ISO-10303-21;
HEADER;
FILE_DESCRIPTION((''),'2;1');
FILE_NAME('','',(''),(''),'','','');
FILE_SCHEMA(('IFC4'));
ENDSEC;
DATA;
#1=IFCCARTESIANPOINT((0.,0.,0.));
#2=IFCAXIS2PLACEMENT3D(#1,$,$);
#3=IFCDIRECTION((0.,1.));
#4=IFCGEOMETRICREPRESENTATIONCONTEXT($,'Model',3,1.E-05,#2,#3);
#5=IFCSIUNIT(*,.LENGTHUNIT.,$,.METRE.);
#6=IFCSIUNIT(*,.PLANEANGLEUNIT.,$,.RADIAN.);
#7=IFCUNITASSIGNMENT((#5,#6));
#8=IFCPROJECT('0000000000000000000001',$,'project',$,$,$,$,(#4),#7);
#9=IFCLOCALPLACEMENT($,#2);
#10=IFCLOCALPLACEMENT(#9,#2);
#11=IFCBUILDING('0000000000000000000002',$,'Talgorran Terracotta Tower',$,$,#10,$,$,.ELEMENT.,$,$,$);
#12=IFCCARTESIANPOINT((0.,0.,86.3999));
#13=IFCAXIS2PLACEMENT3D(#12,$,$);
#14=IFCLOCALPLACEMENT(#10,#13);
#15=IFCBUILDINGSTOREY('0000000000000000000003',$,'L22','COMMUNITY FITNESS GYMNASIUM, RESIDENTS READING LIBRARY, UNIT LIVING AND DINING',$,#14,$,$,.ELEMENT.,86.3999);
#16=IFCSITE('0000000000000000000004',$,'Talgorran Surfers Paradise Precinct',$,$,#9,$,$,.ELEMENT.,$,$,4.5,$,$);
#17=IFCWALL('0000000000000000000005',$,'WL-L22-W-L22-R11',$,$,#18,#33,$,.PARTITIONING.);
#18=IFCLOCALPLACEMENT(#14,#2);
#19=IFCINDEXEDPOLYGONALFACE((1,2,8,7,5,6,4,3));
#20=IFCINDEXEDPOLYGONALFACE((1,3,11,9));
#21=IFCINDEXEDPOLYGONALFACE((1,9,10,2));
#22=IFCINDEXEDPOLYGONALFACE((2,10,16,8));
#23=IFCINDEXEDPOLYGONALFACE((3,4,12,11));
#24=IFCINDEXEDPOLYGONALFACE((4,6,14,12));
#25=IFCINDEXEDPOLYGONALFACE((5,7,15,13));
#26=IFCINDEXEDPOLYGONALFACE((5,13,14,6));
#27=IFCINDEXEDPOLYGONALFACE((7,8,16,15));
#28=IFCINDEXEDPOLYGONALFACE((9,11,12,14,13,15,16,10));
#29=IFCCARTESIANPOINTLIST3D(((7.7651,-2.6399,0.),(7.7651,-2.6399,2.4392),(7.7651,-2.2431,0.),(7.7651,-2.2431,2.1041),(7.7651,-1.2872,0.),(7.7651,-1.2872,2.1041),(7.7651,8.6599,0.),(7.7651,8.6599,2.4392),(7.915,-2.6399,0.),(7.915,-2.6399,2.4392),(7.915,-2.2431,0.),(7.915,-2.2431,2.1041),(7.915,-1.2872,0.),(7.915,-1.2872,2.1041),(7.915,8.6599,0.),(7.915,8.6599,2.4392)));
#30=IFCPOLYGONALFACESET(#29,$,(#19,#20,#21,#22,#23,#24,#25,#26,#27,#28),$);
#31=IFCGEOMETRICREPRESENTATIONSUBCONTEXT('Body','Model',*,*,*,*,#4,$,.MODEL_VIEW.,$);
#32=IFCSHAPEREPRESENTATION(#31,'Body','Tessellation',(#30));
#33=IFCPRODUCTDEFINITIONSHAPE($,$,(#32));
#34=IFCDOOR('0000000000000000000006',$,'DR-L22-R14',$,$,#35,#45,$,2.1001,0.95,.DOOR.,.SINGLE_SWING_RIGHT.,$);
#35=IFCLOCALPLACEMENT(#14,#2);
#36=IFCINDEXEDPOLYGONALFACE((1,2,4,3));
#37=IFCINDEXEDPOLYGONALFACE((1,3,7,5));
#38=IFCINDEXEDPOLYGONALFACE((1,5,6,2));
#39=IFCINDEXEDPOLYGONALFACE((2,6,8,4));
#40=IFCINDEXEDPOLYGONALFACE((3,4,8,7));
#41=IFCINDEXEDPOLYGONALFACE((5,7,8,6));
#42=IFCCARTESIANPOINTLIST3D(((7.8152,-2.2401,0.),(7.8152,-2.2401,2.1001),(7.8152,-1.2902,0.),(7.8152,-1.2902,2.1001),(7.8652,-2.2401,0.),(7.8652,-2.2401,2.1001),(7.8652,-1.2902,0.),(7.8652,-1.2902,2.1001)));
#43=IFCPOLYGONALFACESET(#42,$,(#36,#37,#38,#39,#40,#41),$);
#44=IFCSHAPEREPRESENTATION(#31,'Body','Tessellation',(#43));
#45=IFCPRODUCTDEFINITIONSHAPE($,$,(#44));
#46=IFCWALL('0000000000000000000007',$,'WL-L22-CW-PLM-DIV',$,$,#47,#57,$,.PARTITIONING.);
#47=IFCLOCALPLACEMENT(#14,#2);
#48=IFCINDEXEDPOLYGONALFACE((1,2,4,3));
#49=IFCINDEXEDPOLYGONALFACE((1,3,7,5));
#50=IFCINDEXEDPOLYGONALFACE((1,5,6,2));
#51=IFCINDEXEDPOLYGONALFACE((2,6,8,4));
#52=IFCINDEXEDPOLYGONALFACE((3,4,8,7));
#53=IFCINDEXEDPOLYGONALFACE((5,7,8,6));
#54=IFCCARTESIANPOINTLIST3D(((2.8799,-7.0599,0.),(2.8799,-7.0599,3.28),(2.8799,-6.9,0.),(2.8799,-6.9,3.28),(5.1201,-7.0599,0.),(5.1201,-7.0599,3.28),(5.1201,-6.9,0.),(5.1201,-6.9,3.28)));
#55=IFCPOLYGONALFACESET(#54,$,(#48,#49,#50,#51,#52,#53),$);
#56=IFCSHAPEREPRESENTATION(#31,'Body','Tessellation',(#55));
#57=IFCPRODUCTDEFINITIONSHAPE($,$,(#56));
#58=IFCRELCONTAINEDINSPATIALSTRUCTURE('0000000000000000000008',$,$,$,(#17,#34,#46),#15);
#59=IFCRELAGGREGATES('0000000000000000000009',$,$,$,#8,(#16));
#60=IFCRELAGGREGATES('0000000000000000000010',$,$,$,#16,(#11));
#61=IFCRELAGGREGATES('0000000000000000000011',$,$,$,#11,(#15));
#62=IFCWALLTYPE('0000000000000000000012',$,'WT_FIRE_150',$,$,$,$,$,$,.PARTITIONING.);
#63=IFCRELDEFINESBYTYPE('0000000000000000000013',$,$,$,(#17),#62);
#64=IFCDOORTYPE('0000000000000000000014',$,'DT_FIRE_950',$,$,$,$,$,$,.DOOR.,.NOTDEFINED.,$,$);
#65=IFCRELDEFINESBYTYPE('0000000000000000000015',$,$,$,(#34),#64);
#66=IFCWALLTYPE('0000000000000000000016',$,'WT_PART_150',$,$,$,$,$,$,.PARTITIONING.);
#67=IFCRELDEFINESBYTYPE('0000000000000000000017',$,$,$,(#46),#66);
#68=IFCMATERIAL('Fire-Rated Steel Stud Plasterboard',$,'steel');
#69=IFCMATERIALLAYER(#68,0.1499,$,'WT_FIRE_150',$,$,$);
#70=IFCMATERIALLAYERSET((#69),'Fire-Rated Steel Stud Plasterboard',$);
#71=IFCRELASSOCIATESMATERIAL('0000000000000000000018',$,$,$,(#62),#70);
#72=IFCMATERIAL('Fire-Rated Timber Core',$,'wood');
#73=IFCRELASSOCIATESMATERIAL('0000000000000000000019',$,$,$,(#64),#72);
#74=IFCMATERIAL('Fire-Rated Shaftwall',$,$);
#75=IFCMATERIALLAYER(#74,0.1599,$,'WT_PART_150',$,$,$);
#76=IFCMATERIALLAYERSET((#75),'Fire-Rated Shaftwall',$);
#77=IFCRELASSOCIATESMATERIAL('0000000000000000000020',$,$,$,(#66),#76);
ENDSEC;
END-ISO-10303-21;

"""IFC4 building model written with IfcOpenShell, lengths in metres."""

from ifc_helpers import new_model, si_unit, direction, frame, frame_2d, origin, place, context, subcontext, project, spatial, rectangle, extrude, material, layer, layer_set, type_object, element, fill, save


model = new_model("IFC4")

# Units and contexts
model_context = context("Model", 3, precision=1e-05, world=origin(), true_north=direction((0.0, 1.0)))
body_context = subcontext(model_context, "Body", "Model", "MODEL_VIEW")
ifc_project = project(units=[si_unit("LENGTHUNIT", "METRE"), si_unit("PLANEANGLEUNIT", "RADIAN")], contexts=[model_context])

# Site, building, storey
site_placement = place(None, origin())
site = spatial("IfcSite", under=ifc_project, at=site_placement, Name="Talgorran Surfers Paradise Precinct", CompositionType="ELEMENT", RefElevation=4.5)
building_placement = place(site_placement, origin())
building = spatial("IfcBuilding", under=site, at=building_placement, Name="Talgorran Terracotta Tower", CompositionType="ELEMENT")
storey_placement = place(building_placement, frame((0.0, 0.0, 86.3999)))
storey = spatial("IfcBuildingStorey", under=building, at=storey_placement, Name="L22", Description="COMMUNITY FITNESS GYMNASIUM, RESIDENTS READING LIBRARY, UNIT LIVING AND DINING", CompositionType="ELEMENT", Elevation=86.3999)

# Wall, opening, door
ifc_material_1 = material(Name="Fire-Rated Steel Stud Plasterboard", Category="steel")
ifc_layer_1 = layer(ifc_material_1, 0.1499, Name="WT_FIRE_150")
ifc_layer_set_1 = layer_set([ifc_layer_1], Name="Fire-Rated Steel Stud Plasterboard")
wall_type_1 = type_object("IfcWallType", Name="WT_FIRE_150", PredefinedType="PARTITIONING", material=ifc_layer_set_1)
wall_1_placement = place(storey_placement, frame((7.8401, -2.6399, 0.0), z_axis=(0.0, 0.0, 1.0), x_axis=(0.0, 1.0, 0.0)))
wall_1 = element("IfcWall", 1, at=wall_1_placement, inside=storey, type_object=wall_type_1, Name="WL-L22-W-L22-R11", PredefinedType="PARTITIONING", context=body_context, shape_type="SweptSolid", body=[
    extrude(rectangle(XDim=11.2998, YDim=0.1499, at=frame_2d((5.6499, 0.0))), origin(), (0.0, 0.0, 1.0), 2.4392),
])
opening_placement = place(wall_1_placement, frame((0.3997, 0.0, 0.0)))
opening = element("IfcOpeningElement", 2, at=opening_placement, cuts=wall_1, PredefinedType="OPENING", context=body_context, shape_type="SweptSolid", body=[
    extrude(rectangle(XDim=0.956, YDim=2.1041, at=frame_2d((0.4751, 1.052))), frame((0.0, 0.085, 0.0), z_axis=(0.0, -1.0, 0.0), x_axis=(1.0, 0.0, 0.0)), (0.0, 0.0, 1.0), 0.1699),
])
ifc_material_2 = material(Name="Fire-Rated Timber Core", Category="wood")
door_type = type_object("IfcDoorType", Name="DT_FIRE_950", OperationType="NOTDEFINED", PredefinedType="DOOR", material=ifc_material_2)
door_placement = place(opening_placement, origin())
door = element("IfcDoor", 3, at=door_placement, inside=storey, type_object=door_type, Name="DR-L22-R14", OperationType="SINGLE_SWING_RIGHT", OverallHeight=2.1001, OverallWidth=0.95, PredefinedType="DOOR", context=body_context, shape_type="SweptSolid", body=[
    extrude(rectangle(XDim=0.95, YDim=2.1001, at=frame_2d((0.4751, 1.05))), frame((0.0, 0.0249, 0.0), z_axis=(0.0, -1.0, 0.0), x_axis=(1.0, 0.0, 0.0)), (0.0, 0.0, 1.0), 0.05),
])
fill(opening, door)

# Wall
ifc_material_3 = material(Name="Fire-Rated Shaftwall")
ifc_layer_2 = layer(ifc_material_3, 0.1599, Name="WT_PART_150")
ifc_layer_set_2 = layer_set([ifc_layer_2], Name="Fire-Rated Shaftwall")
wall_type_2 = type_object("IfcWallType", Name="WT_PART_150", PredefinedType="PARTITIONING", material=ifc_layer_set_2)
wall_2_placement = place(storey_placement, frame((2.8799, -6.98, 0.0), z_axis=(0.0, 0.0, 1.0), x_axis=(1.0, 0.0, 0.0)))
element("IfcWall", 4, at=wall_2_placement, inside=storey, type_object=wall_type_2, Name="WL-L22-CW-PLM-DIV", PredefinedType="PARTITIONING", context=body_context, shape_type="SweptSolid", body=[
    extrude(rectangle(XDim=2.2402, YDim=0.1599, at=frame_2d((1.1201, 0.0))), origin(), (0.0, 0.0, 1.0), 3.28),
])

save(model, "model.ifc")
